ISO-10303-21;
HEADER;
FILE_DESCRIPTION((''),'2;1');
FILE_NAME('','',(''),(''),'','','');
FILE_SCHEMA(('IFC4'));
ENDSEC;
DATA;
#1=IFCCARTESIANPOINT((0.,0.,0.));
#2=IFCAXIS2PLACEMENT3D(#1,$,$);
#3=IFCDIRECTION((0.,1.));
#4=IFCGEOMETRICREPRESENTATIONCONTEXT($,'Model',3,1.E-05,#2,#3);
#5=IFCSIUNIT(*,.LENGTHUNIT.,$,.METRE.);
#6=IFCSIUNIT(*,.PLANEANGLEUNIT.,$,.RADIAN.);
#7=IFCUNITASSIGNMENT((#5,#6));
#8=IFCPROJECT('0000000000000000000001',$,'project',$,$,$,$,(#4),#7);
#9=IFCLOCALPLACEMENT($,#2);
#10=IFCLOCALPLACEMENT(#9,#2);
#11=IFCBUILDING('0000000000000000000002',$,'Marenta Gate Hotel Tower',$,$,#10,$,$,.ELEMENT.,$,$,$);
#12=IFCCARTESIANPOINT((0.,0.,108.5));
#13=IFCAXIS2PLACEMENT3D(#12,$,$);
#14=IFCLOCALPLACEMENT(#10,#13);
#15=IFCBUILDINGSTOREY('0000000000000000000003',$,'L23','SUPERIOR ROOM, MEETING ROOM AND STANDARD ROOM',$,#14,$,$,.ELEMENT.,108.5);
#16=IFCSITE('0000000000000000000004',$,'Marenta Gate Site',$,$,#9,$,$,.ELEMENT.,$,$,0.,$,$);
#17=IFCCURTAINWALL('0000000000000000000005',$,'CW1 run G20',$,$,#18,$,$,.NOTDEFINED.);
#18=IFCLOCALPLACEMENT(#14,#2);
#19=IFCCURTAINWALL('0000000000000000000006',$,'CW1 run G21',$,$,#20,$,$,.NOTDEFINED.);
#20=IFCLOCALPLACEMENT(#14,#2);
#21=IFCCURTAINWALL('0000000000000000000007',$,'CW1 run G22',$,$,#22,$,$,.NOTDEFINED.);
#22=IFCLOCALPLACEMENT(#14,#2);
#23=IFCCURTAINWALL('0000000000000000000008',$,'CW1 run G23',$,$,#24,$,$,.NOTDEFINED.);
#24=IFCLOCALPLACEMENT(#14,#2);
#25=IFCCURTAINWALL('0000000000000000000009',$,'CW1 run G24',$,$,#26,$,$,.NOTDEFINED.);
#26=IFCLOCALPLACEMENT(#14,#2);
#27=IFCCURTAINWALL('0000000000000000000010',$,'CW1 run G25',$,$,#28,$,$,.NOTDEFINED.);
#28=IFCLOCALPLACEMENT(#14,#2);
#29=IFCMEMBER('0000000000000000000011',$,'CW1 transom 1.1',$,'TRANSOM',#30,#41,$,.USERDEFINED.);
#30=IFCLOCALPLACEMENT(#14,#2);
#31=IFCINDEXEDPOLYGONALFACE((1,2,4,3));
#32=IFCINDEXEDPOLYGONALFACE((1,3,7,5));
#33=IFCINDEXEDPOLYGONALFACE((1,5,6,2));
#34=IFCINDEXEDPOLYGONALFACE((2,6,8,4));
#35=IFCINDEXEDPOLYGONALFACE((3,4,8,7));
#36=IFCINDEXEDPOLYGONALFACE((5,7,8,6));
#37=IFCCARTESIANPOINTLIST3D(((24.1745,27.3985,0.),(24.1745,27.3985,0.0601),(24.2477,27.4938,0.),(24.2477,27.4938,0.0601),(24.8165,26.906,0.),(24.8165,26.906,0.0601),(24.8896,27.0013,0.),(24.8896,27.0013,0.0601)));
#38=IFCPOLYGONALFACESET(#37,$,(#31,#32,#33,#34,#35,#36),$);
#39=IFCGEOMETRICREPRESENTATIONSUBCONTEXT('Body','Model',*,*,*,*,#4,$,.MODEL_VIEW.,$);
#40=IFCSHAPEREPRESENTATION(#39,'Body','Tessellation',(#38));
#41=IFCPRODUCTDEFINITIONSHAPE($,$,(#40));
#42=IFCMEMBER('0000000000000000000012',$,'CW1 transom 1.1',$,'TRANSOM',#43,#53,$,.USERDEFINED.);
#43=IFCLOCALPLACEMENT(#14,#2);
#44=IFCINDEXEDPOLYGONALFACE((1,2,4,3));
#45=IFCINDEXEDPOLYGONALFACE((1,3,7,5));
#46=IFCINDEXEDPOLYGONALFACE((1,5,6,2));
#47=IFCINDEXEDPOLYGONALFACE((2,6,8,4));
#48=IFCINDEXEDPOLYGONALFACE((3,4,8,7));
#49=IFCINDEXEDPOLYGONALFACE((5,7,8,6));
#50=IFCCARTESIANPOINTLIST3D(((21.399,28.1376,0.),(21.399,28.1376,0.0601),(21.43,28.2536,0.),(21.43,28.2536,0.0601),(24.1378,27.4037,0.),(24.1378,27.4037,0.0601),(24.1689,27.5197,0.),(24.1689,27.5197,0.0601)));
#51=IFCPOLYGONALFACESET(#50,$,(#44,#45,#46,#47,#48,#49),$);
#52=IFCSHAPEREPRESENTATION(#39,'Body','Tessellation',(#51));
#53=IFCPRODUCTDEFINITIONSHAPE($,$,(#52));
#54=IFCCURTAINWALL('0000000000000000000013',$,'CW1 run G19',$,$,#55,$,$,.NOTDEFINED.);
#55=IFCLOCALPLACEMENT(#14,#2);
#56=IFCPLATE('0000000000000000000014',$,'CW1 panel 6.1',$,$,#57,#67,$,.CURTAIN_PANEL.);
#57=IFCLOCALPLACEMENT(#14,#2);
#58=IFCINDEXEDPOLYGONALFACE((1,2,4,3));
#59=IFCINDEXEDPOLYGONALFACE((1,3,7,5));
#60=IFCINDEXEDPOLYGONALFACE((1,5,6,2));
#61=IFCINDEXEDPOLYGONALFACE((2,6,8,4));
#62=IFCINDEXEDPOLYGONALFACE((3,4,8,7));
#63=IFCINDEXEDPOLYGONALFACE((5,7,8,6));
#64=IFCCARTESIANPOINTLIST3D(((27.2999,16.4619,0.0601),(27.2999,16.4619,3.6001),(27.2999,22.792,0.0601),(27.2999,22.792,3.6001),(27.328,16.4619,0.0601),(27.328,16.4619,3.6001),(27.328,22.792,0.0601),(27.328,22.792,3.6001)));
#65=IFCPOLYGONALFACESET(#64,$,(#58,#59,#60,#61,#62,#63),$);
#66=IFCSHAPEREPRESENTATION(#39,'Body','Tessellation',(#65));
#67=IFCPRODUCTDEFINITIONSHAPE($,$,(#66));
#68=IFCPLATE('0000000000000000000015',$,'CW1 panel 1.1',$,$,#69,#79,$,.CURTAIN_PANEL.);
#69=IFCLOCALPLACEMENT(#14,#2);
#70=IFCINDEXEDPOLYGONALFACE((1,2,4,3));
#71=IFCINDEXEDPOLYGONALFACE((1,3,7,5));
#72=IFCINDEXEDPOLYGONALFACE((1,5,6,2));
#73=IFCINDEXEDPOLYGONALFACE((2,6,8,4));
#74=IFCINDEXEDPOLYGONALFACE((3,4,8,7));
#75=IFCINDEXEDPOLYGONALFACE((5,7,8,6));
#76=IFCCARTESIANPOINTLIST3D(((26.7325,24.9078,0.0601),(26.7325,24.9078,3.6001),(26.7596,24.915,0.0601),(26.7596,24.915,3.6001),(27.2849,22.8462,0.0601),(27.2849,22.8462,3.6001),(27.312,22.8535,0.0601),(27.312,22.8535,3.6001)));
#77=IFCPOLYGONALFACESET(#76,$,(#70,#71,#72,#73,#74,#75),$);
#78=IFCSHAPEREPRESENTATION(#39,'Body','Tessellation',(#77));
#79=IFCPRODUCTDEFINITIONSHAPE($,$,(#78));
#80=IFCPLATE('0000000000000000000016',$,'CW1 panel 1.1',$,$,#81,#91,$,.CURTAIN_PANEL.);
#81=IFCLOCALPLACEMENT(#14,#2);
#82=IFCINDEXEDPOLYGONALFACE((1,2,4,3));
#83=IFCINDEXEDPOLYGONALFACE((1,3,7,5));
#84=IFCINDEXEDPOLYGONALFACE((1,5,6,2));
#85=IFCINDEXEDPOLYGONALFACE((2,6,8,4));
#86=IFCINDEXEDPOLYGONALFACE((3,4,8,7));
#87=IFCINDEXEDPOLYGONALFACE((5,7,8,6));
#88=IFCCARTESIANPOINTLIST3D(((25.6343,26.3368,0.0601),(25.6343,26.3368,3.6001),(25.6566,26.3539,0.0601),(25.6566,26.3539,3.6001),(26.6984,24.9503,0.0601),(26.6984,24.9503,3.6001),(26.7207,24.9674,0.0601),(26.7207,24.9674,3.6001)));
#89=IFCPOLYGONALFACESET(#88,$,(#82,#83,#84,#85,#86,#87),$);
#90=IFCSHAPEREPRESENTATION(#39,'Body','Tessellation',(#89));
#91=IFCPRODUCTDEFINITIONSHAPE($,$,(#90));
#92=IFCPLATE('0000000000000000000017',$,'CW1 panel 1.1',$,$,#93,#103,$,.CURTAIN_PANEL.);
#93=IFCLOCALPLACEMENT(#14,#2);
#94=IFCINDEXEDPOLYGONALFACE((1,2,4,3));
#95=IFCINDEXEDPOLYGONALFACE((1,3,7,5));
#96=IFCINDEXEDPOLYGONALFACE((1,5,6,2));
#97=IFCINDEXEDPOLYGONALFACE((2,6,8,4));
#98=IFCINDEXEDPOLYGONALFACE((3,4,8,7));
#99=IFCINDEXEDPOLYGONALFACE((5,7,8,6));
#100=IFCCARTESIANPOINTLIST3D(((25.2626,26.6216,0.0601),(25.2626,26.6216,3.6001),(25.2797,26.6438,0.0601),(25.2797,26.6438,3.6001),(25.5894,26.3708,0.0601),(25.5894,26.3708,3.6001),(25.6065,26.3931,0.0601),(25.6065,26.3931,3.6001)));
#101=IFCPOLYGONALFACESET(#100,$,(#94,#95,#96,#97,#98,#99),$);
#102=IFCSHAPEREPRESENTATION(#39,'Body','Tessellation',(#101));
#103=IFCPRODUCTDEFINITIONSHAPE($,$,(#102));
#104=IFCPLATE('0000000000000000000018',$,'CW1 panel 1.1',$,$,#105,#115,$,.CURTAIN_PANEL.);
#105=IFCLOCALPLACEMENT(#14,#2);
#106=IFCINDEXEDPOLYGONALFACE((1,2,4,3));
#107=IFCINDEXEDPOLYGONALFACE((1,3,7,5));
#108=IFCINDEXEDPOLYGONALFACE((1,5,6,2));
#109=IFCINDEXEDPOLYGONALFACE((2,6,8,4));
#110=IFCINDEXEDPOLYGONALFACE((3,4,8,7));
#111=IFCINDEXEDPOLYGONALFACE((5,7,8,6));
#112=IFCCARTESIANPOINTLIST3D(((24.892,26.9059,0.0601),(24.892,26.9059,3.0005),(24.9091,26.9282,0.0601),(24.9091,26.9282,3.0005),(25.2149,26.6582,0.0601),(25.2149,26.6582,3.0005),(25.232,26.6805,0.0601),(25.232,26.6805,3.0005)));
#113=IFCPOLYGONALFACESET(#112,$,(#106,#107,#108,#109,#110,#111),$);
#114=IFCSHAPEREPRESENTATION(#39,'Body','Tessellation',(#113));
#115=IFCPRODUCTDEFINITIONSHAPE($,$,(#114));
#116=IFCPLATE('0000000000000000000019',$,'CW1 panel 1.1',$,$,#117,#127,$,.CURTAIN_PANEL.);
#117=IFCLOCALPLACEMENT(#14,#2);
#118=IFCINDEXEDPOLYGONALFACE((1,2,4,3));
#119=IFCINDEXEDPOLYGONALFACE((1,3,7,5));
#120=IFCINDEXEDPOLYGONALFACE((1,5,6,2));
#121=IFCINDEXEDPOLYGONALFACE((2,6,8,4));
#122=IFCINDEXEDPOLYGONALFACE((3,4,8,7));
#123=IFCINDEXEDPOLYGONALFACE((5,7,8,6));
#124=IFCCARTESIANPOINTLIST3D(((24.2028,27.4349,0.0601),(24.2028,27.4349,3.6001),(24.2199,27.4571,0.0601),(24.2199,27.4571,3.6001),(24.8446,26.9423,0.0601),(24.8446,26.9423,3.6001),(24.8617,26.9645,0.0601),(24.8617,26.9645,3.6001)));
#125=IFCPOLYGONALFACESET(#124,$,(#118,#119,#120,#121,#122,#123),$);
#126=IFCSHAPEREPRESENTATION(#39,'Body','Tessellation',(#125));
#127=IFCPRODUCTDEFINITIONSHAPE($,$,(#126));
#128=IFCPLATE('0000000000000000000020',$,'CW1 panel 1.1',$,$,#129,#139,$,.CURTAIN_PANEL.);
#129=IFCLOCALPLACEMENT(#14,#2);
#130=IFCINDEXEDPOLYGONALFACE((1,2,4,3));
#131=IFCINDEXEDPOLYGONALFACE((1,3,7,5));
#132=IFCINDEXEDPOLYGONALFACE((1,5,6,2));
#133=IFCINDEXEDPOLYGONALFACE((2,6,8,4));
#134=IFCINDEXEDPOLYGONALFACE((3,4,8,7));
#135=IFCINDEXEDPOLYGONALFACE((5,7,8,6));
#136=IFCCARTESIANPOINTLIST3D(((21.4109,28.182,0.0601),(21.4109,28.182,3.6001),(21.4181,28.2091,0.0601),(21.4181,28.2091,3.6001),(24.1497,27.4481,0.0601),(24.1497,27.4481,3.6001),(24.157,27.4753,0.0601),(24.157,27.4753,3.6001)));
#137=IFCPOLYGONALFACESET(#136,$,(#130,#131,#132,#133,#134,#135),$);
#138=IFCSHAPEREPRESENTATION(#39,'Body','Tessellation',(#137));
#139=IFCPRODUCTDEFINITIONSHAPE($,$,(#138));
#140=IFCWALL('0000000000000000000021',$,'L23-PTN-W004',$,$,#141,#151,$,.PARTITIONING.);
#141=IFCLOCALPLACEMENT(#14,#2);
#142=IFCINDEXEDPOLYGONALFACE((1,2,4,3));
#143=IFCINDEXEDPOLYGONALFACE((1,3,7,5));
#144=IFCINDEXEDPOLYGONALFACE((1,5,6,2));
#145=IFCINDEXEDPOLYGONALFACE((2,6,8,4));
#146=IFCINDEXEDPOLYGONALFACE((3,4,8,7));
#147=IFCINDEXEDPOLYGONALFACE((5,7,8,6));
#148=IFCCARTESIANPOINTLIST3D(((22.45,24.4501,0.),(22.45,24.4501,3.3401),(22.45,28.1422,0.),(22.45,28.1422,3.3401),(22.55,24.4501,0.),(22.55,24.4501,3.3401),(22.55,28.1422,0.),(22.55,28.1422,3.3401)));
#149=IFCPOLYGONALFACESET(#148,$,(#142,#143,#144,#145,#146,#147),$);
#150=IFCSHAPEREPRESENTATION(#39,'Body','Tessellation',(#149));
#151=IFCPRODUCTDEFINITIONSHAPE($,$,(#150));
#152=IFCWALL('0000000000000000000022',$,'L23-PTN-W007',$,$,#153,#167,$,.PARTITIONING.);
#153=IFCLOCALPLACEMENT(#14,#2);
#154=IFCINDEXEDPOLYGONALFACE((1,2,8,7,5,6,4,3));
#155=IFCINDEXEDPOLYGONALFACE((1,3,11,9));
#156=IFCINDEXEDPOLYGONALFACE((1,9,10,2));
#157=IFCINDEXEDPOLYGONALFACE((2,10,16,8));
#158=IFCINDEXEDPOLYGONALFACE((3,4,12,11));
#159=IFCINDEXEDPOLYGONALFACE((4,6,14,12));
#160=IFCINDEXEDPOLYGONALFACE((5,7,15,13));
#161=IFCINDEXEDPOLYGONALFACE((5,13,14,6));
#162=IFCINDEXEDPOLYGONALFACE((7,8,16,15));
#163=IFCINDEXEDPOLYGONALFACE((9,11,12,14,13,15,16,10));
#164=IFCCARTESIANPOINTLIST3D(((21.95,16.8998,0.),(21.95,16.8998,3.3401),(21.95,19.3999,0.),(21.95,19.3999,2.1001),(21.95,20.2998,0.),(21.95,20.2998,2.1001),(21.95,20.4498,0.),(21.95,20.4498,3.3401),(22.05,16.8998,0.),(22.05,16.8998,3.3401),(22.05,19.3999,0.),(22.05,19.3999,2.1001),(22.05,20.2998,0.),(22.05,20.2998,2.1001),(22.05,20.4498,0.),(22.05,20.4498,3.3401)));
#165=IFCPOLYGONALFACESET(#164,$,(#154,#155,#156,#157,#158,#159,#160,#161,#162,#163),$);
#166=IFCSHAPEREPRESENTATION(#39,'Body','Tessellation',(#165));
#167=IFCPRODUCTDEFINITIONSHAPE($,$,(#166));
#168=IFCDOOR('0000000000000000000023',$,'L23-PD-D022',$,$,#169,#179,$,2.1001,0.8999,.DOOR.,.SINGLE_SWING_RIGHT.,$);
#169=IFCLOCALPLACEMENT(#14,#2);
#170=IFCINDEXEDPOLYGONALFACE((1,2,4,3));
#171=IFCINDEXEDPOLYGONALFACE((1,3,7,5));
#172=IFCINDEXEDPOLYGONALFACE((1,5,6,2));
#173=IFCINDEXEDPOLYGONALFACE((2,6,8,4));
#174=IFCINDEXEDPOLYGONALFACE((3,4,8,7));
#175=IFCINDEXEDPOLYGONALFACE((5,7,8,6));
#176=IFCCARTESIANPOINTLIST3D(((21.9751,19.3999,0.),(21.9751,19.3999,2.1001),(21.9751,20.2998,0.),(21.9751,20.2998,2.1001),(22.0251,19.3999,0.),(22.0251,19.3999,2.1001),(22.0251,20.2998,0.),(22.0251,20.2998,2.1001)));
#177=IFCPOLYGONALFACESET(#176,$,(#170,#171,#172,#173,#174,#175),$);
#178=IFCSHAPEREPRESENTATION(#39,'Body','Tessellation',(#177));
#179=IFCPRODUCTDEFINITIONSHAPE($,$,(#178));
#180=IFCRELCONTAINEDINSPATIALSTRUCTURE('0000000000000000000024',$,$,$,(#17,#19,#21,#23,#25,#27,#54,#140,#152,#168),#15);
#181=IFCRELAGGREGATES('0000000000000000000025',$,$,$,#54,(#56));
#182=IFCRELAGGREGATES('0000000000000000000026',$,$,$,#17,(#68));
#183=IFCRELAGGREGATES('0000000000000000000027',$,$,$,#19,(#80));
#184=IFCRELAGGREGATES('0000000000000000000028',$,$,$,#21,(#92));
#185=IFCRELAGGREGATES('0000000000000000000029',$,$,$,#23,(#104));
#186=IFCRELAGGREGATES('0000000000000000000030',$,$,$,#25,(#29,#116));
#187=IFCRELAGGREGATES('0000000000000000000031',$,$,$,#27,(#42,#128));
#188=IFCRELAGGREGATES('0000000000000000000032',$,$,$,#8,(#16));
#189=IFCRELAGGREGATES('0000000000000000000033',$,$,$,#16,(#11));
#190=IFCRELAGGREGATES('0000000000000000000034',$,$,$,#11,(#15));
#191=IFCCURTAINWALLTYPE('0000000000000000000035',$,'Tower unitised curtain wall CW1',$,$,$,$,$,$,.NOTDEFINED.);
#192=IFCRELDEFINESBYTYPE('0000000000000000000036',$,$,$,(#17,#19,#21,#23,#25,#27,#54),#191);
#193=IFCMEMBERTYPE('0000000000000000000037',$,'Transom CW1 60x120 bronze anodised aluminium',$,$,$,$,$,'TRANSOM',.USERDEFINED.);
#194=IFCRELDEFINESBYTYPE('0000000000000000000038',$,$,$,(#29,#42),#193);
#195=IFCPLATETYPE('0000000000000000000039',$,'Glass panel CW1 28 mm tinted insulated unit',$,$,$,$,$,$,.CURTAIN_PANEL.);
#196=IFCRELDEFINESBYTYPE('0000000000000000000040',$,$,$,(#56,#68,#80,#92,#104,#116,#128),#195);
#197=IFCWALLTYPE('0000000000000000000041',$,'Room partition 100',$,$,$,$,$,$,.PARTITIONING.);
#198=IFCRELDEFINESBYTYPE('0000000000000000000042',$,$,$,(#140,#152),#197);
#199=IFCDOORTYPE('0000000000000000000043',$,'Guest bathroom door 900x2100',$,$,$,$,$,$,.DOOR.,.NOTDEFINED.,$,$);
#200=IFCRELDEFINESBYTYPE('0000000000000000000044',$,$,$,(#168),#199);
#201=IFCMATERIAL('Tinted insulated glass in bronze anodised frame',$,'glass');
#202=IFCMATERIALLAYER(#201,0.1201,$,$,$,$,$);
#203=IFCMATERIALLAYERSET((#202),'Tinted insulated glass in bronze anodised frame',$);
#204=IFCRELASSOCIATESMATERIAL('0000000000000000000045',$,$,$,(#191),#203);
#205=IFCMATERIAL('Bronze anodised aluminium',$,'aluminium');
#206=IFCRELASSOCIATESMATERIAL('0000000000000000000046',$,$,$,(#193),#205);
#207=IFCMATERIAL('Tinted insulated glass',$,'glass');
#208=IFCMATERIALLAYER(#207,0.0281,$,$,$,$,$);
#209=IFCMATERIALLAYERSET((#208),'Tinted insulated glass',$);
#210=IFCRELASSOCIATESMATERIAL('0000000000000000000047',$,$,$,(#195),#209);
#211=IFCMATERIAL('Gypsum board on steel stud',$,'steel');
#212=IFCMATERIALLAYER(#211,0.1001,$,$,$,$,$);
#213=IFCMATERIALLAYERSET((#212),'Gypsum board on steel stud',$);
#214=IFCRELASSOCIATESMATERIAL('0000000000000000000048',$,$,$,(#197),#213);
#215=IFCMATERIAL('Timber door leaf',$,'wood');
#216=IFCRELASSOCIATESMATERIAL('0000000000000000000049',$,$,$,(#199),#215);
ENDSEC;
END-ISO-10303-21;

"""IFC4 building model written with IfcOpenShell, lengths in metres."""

from ifc_helpers import new_model, si_unit, direction, frame, frame_2d, origin, origin_2d, place, context, subcontext, project, spatial, rectangle, extrude, material, layer, layer_set, material_profile, profile_set, type_object, element, fill, aggregate, save


model = new_model("IFC4")

# Units and contexts
model_context = context("Model", 3, precision=1e-05, world=origin(), true_north=direction((0.0, 1.0)))
body_context = subcontext(model_context, "Body", "Model", "MODEL_VIEW")
ifc_project = project(units=[si_unit("LENGTHUNIT", "METRE"), si_unit("PLANEANGLEUNIT", "RADIAN")], contexts=[model_context])

# Site, building, storey
site_placement = place(None, origin())
site = spatial("IfcSite", under=ifc_project, at=site_placement, Name="Marenta Gate Site", CompositionType="ELEMENT", RefElevation=0.0)
building_placement = place(site_placement, origin())
building = spatial("IfcBuilding", under=site, at=building_placement, Name="Marenta Gate Hotel Tower", CompositionType="ELEMENT")
storey_placement = place(building_placement, frame((0.0, 0.0, 108.5)))
storey = spatial("IfcBuildingStorey", under=building, at=storey_placement, Name="L23", Description="SUPERIOR ROOM, MEETING ROOM AND STANDARD ROOM", CompositionType="ELEMENT", Elevation=108.5)

# Curtain walls
ifc_material_1 = material(Name="Tinted insulated glass in bronze anodised frame", Category="glass")
ifc_layer_1 = layer(ifc_material_1, 0.1201)
ifc_layer_set_1 = layer_set([ifc_layer_1], Name="Tinted insulated glass in bronze anodised frame")
curtain_wall_type = type_object("IfcCurtainWallType", Name="Tower unitised curtain wall CW1", PredefinedType="NOTDEFINED", material=ifc_layer_set_1)
curtain_wall_1_placement = place(storey_placement, origin())
curtain_wall_1 = element("IfcCurtainWall", 1, at=curtain_wall_1_placement, inside=storey, type_object=curtain_wall_type, Name="CW1 run G20", PredefinedType="NOTDEFINED")
curtain_wall_2_placement = place(storey_placement, origin())
curtain_wall_2 = element("IfcCurtainWall", 2, at=curtain_wall_2_placement, inside=storey, type_object=curtain_wall_type, Name="CW1 run G21", PredefinedType="NOTDEFINED")
curtain_wall_3_placement = place(storey_placement, origin())
curtain_wall_3 = element("IfcCurtainWall", 3, at=curtain_wall_3_placement, inside=storey, type_object=curtain_wall_type, Name="CW1 run G22", PredefinedType="NOTDEFINED")
curtain_wall_4_placement = place(storey_placement, origin())
curtain_wall_4 = element("IfcCurtainWall", 4, at=curtain_wall_4_placement, inside=storey, type_object=curtain_wall_type, Name="CW1 run G23", PredefinedType="NOTDEFINED")
curtain_wall_5_placement = place(storey_placement, origin())
curtain_wall_5 = element("IfcCurtainWall", 5, at=curtain_wall_5_placement, inside=storey, type_object=curtain_wall_type, Name="CW1 run G24", PredefinedType="NOTDEFINED")

# Curtain wall
curtain_wall_6_placement = place(storey_placement, origin())
curtain_wall_6 = element("IfcCurtainWall", 6, at=curtain_wall_6_placement, inside=storey, type_object=curtain_wall_type, Name="CW1 run G25", PredefinedType="NOTDEFINED")

# Members
ifc_material_2 = material(Name="Bronze anodised aluminium", Category="aluminium")
ifc_material_profile_1 = material_profile(ifc_material_2, rectangle(XDim=0.1201, YDim=0.0601, at=origin_2d()), Name="Transom CW1 60x120 bronze anodised aluminium")
ifc_profile_set_1 = profile_set([ifc_material_profile_1], Name="Bronze anodised aluminium")
member_type_1 = type_object("IfcMemberType", Name="Transom CW1 60x120 bronze anodised aluminium", ElementType="TRANSOM", PredefinedType="USERDEFINED", material=ifc_profile_set_1)
member_1_placement = place(storey_placement, frame((24.853, 26.9536, 0.03), z_axis=(-0.793397, 0.608704, 0.0), x_axis=(-0.608704, -0.793397, 0.0)))
member_1 = element("IfcMember", 7, at=member_1_placement, type_object=member_type_1, Name="CW1 transom 1.1", ObjectType="TRANSOM", PredefinedType="USERDEFINED", context=body_context, shape_type="SweptSolid", body=[
    extrude(rectangle(XDim=0.1201, YDim=0.0601, at=origin_2d()), origin(), (0.0, 0.0, 1.0), 0.8091),
])
member_2_placement = place(storey_placement, frame((24.1533, 27.4617, 0.03), z_axis=(-0.965923, 0.258831, 0.0), x_axis=(-0.258831, -0.965923, 0.0)))
member_2 = element("IfcMember", 8, at=member_2_placement, type_object=member_type_1, Name="CW1 transom 1.1", ObjectType="TRANSOM", PredefinedType="USERDEFINED", context=body_context, shape_type="SweptSolid", body=[
    extrude(rectangle(XDim=0.1201, YDim=0.0601, at=origin_2d()), origin(), (0.0, 0.0, 1.0), 2.8354),
])

# Curtain wall, plate
curtain_wall_7_placement = place(storey_placement, origin())
curtain_wall_7 = element("IfcCurtainWall", 9, at=curtain_wall_7_placement, inside=storey, type_object=curtain_wall_type, Name="CW1 run G19", PredefinedType="NOTDEFINED")
ifc_material_3 = material(Name="Tinted insulated glass", Category="glass")
ifc_layer_2 = layer(ifc_material_3, 0.0281)
ifc_layer_set_2 = layer_set([ifc_layer_2], Name="Tinted insulated glass")
plate_type = type_object("IfcPlateType", Name="Glass panel CW1 28 mm tinted insulated unit", PredefinedType="CURTAIN_PANEL", material=ifc_layer_set_2)
plate_1_placement = place(storey_placement, frame((27.314, 19.627, 0.0601), z_axis=(0.0, 0.0, 1.0), x_axis=(0.0, 1.0, 0.0)))
plate_1 = element("IfcPlate", 10, at=plate_1_placement, type_object=plate_type, Name="CW1 panel 6.1", PredefinedType="CURTAIN_PANEL", context=body_context, shape_type="SweptSolid", body=[
    extrude(rectangle(XDim=6.3301, YDim=0.0281, at=origin_2d()), origin(), (0.0, 0.0, 1.0), 3.54),
])
aggregate(curtain_wall_7, [plate_1])

# Plates
plate_2_placement = place(storey_placement, frame((27.0222, 23.8806, 0.0601), z_axis=(0.0, 0.0, 1.0), x_axis=(-0.258823, 0.965925, 0.0)))
plate_2 = element("IfcPlate", 11, at=plate_2_placement, type_object=plate_type, Name="CW1 panel 1.1", PredefinedType="CURTAIN_PANEL", context=body_context, shape_type="SweptSolid", body=[
    extrude(rectangle(XDim=2.1343, YDim=0.0281, at=origin_2d()), origin(), (0.0, 0.0, 1.0), 3.54),
])
aggregate(curtain_wall_1, [plate_2])
plate_3_placement = place(storey_placement, frame((26.1775, 25.6521, 0.0601), z_axis=(0.0, 0.0, 1.0), x_axis=(-0.608796, 0.793327, 0.0)))
plate_3 = element("IfcPlate", 12, at=plate_3_placement, type_object=plate_type, Name="CW1 panel 1.1", PredefinedType="CURTAIN_PANEL", context=body_context, shape_type="SweptSolid", body=[
    extrude(rectangle(XDim=1.7478, YDim=0.0281, at=origin_2d()), origin(), (0.0, 0.0, 1.0), 3.54),
])
aggregate(curtain_wall_2, [plate_3])
plate_4_placement = place(storey_placement, frame((25.4346, 26.5073, 0.0601), z_axis=(0.0, 0.0, 1.0), x_axis=(-0.79334, 0.608778, 0.0)))
plate_4 = element("IfcPlate", 13, at=plate_4_placement, type_object=plate_type, Name="CW1 panel 1.1", PredefinedType="CURTAIN_PANEL", context=body_context, shape_type="SweptSolid", body=[
    extrude(rectangle(XDim=0.4119, YDim=0.0281, at=origin_2d()), origin(), (0.0, 0.0, 1.0), 3.54),
])
aggregate(curtain_wall_3, [plate_4])
plate_5_placement = place(storey_placement, frame((25.062, 26.7932, 0.0601), z_axis=(0.0, 0.0, 1.0), x_axis=(-0.793372, 0.608737, 0.0)))
plate_5 = element("IfcPlate", 14, at=plate_5_placement, type_object=plate_type, Name="CW1 panel 1.1", PredefinedType="CURTAIN_PANEL", context=body_context, shape_type="SweptSolid", body=[
    extrude(rectangle(XDim=0.407, YDim=0.0281, at=origin_2d()), origin(), (0.0, 0.0, 1.0), 2.9404),
])
aggregate(curtain_wall_4, [plate_5])
plate_6_placement = place(storey_placement, frame((24.5322, 27.1997, 0.0601), z_axis=(0.0, 0.0, 1.0), x_axis=(-0.793295, 0.608837, 0.0)))
plate_6 = element("IfcPlate", 15, at=plate_6_placement, type_object=plate_type, Name="CW1 panel 1.1", PredefinedType="CURTAIN_PANEL", context=body_context, shape_type="SweptSolid", body=[
    extrude(rectangle(XDim=0.8091, YDim=0.0281, at=origin_2d()), origin(), (0.0, 0.0, 1.0), 3.54),
])
aggregate(curtain_wall_5, [member_1, plate_6])
plate_7_placement = place(storey_placement, frame((22.7839, 27.8286, 0.0601), z_axis=(0.0, 0.0, 1.0), x_axis=(-0.965929, 0.258806, 0.0)))
plate_7 = element("IfcPlate", 16, at=plate_7_placement, type_object=plate_type, Name="CW1 panel 1.1", PredefinedType="CURTAIN_PANEL", context=body_context, shape_type="SweptSolid", body=[
    extrude(rectangle(XDim=2.8354, YDim=0.0281, at=origin_2d()), origin(), (0.0, 0.0, 1.0), 3.54),
])
aggregate(curtain_wall_6, [member_2, plate_7])

# Wall
ifc_material_4 = material(Name="Gypsum board on steel stud", Category="steel")
ifc_layer_3 = layer(ifc_material_4, 0.1001)
ifc_layer_set_3 = layer_set([ifc_layer_3], Name="Gypsum board on steel stud")
wall_type = type_object("IfcWallType", Name="Room partition 100", PredefinedType="PARTITIONING", material=ifc_layer_set_3)
wall_1_placement = place(storey_placement, frame((22.5, 24.45, 0.0), z_axis=(0.0, 0.0, 1.0), x_axis=(0.0, 1.0, 0.0)))
element("IfcWall", 17, at=wall_1_placement, inside=storey, type_object=wall_type, Name="L23-PTN-W004", PredefinedType="PARTITIONING", context=body_context, shape_type="SweptSolid", body=[
    extrude(rectangle(XDim=3.6921, YDim=0.1001, at=frame_2d((1.8462, 0.0))), origin(), (0.0, 0.0, 1.0), 3.3401),
])

# Wall, opening, door
wall_2_placement = place(storey_placement, frame((22.0, 16.8999, 0.0), z_axis=(0.0, 0.0, 1.0), x_axis=(0.0, 1.0, 0.0)))
wall_2 = element("IfcWall", 18, at=wall_2_placement, inside=storey, type_object=wall_type, Name="L23-PTN-W007", PredefinedType="PARTITIONING", context=body_context, shape_type="SweptSolid", body=[
    extrude(rectangle(XDim=3.55, YDim=0.1001, at=frame_2d((1.7749, 0.0))), origin(), (0.0, 0.0, 1.0), 3.3401),
])
opening_placement = place(wall_2_placement, frame((2.5, 0.0, 0.0)))
opening = element("IfcOpeningElement", 19, at=opening_placement, cuts=wall_2, PredefinedType="OPENING", context=body_context, shape_type="SweptSolid", body=[
    extrude(rectangle(XDim=0.8999, YDim=2.1001, at=frame_2d((0.45, 1.05))), frame((0.0, 0.05, 0.0), z_axis=(0.0, -1.0, 0.0), x_axis=(1.0, 0.0, 0.0)), (0.0, 0.0, 1.0), 0.1001),
])
ifc_material_5 = material(Name="Timber door leaf", Category="wood")
door_type = type_object("IfcDoorType", Name="Guest bathroom door 900x2100", OperationType="NOTDEFINED", PredefinedType="DOOR", material=ifc_material_5)
door_placement = place(opening_placement, origin())
door = element("IfcDoor", 20, at=door_placement, inside=storey, type_object=door_type, Name="L23-PD-D022", OperationType="SINGLE_SWING_RIGHT", OverallHeight=2.1001, OverallWidth=0.8999, PredefinedType="DOOR", context=body_context, shape_type="SweptSolid", body=[
    extrude(rectangle(XDim=0.8999, YDim=2.1001, at=frame_2d((0.45, 1.05))), frame((0.0, 0.0249, 0.0), z_axis=(0.0, -1.0, 0.0), x_axis=(1.0, 0.0, 0.0)), (0.0, 0.0, 1.0), 0.05),
])
fill(opening, door)

save(model, "model.ifc")
